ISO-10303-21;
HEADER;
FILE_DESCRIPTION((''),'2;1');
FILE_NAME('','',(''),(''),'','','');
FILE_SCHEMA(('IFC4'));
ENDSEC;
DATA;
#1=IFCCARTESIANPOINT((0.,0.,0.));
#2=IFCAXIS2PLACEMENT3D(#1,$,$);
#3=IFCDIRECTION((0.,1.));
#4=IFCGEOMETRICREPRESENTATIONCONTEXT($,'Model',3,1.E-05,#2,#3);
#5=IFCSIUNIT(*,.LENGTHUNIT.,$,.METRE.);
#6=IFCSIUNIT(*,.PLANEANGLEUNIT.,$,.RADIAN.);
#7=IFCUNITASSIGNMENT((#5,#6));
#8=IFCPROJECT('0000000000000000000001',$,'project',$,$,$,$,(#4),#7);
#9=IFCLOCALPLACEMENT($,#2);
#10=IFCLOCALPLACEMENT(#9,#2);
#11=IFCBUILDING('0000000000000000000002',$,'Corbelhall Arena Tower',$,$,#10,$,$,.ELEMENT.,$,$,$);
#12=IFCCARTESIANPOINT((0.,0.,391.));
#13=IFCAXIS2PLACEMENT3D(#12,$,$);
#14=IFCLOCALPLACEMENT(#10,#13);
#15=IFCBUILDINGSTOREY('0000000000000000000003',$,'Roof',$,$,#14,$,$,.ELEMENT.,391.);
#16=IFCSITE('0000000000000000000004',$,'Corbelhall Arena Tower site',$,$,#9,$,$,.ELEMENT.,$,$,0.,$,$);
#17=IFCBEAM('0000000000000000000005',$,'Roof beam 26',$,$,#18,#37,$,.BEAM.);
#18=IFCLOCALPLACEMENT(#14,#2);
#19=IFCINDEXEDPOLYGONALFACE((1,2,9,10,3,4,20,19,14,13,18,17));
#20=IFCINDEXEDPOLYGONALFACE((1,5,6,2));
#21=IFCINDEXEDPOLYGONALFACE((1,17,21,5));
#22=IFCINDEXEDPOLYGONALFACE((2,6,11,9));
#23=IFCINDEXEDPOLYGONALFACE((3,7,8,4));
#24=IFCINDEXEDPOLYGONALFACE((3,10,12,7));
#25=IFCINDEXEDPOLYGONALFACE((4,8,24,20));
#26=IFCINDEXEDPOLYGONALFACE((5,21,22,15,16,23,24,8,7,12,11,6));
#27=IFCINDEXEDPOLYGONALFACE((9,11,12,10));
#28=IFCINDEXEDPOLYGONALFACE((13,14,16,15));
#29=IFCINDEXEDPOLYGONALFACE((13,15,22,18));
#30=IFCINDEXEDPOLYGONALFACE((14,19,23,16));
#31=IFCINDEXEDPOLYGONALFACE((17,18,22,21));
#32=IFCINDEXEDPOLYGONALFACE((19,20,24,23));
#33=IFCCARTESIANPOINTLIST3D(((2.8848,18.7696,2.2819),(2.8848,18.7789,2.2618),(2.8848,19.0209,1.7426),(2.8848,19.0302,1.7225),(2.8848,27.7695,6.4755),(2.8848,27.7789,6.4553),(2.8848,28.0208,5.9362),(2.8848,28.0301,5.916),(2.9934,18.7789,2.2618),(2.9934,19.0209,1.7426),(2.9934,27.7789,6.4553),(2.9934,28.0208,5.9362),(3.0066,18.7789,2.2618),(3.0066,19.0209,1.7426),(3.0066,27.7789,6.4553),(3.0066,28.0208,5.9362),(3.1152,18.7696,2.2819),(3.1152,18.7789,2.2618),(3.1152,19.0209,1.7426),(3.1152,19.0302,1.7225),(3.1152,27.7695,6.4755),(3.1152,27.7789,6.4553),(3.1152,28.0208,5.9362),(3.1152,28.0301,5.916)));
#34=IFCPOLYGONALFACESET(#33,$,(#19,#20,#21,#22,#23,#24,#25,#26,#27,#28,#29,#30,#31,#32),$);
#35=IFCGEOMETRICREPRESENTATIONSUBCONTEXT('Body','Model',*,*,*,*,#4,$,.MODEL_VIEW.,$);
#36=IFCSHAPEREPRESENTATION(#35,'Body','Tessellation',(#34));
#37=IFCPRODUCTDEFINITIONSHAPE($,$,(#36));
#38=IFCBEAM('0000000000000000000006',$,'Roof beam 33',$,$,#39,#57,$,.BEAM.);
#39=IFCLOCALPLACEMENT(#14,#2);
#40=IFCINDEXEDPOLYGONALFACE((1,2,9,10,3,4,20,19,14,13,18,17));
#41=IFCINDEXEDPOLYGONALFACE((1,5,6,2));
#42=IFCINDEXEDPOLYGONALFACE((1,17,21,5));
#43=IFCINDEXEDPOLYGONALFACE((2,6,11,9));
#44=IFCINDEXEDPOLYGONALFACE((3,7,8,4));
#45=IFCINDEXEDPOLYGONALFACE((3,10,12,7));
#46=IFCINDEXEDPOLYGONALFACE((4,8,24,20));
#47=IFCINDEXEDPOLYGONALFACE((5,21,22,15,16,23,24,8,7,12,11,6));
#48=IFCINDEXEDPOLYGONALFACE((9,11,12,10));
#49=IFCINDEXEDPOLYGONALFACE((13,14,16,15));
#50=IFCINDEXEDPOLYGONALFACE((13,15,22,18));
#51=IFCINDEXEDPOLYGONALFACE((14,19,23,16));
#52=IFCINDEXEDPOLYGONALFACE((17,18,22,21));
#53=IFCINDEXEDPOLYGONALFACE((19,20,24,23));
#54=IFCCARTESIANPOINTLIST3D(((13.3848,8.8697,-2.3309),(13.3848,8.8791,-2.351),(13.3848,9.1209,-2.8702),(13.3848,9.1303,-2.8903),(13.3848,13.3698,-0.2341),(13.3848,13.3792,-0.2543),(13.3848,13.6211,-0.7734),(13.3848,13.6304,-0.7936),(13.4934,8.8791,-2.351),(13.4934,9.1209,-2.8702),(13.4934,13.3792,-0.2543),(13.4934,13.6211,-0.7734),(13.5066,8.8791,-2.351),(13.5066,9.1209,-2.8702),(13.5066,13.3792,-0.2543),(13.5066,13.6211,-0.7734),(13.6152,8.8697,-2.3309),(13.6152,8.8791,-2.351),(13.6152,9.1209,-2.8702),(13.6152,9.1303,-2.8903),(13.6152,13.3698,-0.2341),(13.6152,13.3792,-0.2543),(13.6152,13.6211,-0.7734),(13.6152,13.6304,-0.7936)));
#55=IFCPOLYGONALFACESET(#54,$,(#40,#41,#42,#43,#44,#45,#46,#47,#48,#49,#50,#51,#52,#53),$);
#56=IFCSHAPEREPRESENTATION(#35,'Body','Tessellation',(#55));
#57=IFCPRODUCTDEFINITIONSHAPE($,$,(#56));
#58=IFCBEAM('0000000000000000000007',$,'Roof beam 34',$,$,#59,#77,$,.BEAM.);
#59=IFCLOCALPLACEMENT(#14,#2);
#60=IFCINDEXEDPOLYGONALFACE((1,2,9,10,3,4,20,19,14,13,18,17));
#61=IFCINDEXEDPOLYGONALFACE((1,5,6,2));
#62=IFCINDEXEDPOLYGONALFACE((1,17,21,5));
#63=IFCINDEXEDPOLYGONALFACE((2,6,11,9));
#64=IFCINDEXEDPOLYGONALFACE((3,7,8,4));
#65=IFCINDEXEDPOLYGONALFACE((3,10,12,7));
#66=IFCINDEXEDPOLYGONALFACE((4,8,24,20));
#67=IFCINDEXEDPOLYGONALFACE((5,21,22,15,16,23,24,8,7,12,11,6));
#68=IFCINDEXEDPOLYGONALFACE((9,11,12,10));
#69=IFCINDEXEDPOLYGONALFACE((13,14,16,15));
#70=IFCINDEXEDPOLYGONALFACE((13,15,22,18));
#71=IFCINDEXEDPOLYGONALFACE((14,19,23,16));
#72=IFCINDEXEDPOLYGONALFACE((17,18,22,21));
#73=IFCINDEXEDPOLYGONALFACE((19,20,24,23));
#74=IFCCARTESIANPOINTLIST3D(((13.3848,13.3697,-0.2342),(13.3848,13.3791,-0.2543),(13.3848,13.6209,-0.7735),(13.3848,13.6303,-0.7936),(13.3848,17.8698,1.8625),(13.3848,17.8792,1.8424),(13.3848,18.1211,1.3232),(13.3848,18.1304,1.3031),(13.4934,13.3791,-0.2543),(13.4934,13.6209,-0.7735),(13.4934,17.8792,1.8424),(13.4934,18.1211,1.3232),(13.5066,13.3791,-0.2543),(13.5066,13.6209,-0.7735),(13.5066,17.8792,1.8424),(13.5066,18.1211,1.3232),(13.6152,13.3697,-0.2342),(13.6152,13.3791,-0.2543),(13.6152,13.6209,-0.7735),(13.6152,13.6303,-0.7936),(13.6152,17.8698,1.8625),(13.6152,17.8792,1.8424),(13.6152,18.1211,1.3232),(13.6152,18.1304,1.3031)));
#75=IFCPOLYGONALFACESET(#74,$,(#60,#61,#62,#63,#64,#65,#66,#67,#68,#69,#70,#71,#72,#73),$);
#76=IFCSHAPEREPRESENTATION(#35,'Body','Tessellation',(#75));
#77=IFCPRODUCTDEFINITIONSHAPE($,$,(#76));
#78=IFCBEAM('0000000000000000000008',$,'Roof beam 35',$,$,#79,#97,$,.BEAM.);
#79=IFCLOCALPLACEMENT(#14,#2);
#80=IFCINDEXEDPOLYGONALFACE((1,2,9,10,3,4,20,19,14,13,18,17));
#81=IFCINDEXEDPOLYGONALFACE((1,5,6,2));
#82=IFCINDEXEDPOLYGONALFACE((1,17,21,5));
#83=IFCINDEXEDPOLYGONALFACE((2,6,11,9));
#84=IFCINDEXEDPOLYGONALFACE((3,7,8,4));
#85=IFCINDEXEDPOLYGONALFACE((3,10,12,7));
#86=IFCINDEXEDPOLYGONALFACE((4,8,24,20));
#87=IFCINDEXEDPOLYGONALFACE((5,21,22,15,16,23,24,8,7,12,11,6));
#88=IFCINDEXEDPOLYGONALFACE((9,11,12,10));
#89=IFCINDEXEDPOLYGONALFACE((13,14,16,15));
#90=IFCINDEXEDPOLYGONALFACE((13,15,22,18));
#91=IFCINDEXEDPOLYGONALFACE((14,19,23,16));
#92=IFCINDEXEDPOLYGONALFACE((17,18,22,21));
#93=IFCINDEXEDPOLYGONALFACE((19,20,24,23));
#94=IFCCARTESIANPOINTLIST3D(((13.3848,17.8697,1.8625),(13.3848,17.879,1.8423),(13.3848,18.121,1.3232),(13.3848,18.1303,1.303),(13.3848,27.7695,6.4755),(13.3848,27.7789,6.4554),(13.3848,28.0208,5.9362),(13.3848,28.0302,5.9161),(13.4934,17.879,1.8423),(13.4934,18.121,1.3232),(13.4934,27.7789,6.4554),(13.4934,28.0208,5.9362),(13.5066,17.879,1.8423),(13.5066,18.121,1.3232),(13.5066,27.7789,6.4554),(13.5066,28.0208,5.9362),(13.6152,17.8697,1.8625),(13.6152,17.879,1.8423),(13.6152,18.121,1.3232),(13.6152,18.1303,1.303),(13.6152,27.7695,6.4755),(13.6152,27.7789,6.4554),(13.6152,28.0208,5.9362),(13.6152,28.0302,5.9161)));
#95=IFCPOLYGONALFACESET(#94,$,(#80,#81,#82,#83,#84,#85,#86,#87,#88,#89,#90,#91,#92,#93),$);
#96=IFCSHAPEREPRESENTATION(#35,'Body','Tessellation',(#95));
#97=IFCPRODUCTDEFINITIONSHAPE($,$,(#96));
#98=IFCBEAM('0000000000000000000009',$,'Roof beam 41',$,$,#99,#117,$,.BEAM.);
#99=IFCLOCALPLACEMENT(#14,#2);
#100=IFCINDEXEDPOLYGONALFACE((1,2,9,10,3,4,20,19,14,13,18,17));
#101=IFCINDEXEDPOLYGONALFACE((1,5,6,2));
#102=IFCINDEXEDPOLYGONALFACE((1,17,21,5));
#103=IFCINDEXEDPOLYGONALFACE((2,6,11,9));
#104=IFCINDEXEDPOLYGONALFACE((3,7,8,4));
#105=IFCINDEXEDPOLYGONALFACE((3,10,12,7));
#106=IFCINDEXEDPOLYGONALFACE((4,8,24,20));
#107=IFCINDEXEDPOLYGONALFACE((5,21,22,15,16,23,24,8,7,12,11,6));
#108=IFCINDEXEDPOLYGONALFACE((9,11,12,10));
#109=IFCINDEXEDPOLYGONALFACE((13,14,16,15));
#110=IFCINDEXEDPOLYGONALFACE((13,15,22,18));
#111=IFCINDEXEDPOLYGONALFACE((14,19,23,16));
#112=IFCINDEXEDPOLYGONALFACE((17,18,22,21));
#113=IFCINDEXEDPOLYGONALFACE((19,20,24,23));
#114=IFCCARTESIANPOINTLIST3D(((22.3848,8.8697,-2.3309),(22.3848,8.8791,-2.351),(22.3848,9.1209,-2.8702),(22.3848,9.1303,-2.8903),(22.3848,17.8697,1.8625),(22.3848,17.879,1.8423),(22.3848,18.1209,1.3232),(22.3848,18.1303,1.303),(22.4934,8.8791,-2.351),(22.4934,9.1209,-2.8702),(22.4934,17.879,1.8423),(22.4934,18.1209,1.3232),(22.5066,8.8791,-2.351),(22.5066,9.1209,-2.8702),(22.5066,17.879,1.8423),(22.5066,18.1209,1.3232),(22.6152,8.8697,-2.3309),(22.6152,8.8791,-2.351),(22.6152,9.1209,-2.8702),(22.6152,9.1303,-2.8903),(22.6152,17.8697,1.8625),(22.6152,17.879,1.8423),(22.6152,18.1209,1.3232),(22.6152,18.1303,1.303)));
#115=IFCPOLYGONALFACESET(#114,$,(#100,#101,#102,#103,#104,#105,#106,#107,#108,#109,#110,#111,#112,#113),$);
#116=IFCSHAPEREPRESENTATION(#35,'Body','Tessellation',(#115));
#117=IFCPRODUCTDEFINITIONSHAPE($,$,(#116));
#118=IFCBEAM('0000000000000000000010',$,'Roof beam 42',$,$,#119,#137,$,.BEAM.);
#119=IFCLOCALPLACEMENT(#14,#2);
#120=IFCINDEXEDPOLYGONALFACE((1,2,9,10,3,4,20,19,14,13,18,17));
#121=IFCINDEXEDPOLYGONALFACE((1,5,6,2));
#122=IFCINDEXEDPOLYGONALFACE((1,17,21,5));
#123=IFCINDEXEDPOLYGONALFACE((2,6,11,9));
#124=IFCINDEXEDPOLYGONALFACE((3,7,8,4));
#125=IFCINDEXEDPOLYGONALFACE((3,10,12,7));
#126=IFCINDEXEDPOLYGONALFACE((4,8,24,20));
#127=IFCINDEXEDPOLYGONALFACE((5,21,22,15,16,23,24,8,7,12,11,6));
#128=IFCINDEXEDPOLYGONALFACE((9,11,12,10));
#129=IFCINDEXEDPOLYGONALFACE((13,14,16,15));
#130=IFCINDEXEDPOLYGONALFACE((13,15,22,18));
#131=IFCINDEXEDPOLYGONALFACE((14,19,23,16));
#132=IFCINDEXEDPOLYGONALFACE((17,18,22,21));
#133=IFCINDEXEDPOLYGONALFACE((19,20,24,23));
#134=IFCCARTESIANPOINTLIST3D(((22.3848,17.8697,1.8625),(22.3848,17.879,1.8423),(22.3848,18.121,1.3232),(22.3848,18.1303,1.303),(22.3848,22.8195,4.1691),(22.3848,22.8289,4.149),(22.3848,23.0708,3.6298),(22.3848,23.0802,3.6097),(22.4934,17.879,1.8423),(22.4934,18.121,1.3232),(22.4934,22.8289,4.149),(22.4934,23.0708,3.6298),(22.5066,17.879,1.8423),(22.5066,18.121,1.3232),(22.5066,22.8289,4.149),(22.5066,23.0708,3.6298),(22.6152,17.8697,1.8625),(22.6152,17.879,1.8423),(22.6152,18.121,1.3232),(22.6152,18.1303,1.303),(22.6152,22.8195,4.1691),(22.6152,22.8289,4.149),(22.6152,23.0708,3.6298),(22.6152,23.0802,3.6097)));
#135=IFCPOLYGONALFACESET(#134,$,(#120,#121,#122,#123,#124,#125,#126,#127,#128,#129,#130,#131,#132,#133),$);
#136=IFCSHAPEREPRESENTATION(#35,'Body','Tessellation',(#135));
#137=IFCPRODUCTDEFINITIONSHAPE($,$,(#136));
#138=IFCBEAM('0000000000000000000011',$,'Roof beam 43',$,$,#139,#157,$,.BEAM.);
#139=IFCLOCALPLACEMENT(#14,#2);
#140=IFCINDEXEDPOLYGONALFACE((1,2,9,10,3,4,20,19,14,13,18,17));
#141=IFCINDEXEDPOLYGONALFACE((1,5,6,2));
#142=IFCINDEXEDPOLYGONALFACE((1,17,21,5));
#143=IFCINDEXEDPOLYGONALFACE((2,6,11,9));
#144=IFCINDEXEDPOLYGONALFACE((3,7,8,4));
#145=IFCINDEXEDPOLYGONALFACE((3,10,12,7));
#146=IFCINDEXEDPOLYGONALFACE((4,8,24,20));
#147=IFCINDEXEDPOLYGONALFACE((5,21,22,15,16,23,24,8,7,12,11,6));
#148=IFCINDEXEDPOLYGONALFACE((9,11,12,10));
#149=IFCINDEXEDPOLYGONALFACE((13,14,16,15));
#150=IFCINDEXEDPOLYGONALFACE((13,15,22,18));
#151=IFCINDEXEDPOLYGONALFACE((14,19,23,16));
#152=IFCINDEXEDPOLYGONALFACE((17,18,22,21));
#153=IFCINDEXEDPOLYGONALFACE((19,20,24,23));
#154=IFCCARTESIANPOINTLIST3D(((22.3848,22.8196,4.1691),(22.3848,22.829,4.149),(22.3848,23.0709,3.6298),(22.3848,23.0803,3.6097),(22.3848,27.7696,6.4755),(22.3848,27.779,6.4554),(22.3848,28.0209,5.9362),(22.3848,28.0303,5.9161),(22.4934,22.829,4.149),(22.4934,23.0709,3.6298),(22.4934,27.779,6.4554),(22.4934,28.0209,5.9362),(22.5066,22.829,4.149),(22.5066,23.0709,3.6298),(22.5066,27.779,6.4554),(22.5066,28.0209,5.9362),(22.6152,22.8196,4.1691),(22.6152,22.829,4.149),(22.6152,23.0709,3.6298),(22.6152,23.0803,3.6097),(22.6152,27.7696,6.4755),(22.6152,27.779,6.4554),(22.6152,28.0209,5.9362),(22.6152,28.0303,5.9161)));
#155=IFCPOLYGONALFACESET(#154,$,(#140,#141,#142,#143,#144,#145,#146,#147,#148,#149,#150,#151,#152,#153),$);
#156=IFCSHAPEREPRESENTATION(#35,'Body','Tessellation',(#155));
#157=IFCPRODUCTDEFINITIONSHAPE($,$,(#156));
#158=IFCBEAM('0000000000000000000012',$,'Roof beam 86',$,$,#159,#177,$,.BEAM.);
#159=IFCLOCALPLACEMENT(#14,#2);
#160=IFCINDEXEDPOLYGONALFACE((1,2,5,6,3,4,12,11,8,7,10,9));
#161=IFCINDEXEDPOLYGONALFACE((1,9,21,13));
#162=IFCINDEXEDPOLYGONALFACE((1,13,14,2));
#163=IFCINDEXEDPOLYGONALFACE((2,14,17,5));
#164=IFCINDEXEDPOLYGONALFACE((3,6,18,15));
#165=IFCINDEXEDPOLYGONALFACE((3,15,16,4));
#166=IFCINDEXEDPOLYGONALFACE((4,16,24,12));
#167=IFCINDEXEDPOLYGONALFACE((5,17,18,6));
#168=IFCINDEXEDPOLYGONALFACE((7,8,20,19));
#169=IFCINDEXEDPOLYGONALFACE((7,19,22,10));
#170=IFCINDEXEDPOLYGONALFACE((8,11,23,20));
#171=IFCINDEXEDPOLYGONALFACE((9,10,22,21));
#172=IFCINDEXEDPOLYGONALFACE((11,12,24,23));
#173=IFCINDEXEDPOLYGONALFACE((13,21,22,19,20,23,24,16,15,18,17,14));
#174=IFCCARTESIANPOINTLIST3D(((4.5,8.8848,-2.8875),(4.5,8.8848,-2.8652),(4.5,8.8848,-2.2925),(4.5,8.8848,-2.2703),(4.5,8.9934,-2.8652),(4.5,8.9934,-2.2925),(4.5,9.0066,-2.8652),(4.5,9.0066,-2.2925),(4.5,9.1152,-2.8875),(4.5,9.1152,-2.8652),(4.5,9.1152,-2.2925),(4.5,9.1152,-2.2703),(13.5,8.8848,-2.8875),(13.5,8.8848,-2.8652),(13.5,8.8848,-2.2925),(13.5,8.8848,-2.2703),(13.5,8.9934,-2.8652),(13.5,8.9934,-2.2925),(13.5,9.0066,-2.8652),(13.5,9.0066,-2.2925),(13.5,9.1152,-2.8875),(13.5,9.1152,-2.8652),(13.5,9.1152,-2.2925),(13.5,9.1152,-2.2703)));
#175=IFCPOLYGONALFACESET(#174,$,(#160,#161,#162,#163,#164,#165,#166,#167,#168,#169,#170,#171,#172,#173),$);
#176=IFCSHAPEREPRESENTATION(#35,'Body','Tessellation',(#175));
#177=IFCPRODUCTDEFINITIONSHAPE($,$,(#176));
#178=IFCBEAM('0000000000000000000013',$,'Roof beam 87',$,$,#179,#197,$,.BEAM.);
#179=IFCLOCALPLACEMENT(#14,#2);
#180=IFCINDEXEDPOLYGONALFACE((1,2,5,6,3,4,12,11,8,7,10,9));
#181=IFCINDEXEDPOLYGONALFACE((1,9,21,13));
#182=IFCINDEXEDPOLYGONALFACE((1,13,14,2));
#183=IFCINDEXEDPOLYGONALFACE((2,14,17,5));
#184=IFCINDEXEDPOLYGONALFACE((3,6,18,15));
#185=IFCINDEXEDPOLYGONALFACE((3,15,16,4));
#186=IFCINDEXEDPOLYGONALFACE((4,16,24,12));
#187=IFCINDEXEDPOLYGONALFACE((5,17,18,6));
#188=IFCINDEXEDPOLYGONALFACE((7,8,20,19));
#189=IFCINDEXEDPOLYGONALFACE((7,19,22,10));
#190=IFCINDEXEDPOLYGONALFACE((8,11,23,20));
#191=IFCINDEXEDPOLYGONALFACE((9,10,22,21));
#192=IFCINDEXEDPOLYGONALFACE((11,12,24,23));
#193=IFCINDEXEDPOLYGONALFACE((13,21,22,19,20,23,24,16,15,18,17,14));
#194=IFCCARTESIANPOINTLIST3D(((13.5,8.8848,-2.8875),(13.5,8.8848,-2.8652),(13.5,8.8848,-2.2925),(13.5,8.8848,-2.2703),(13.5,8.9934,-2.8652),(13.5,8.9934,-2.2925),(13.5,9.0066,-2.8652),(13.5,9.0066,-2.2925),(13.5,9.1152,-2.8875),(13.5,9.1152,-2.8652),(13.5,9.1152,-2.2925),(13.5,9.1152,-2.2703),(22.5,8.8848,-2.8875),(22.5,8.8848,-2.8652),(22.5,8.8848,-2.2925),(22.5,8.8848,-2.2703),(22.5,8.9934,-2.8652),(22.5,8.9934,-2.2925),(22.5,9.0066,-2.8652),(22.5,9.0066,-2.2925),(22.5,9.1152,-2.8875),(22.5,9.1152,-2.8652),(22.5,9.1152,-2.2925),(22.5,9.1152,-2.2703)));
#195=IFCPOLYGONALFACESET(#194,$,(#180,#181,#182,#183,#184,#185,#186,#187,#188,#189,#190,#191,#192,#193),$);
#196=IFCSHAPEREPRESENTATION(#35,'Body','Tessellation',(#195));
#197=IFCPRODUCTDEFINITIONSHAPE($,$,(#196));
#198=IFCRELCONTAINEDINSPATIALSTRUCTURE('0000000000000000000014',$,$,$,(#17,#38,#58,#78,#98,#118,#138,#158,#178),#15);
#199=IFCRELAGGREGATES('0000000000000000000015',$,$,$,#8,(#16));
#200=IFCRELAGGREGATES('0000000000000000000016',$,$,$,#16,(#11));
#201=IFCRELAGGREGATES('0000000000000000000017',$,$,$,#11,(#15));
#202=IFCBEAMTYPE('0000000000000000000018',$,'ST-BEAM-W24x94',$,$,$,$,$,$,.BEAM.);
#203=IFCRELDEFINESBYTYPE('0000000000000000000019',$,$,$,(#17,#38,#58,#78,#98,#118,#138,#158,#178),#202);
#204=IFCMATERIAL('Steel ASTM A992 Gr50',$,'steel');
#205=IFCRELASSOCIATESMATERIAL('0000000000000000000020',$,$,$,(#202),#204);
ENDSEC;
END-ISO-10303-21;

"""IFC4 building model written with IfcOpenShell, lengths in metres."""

from ifc_helpers import new_model, si_unit, direction, frame, origin, origin_2d, place, context, subcontext, project, spatial, i_section, extrude, material, material_profile, profile_set, type_object, element, save


model = new_model("IFC4")

# Units and contexts
model_context = context("Model", 3, precision=1e-05, world=origin(), true_north=direction((0.0, 1.0)))
body_context = subcontext(model_context, "Body", "Model", "MODEL_VIEW")
ifc_project = project(units=[si_unit("LENGTHUNIT", "METRE"), si_unit("PLANEANGLEUNIT", "RADIAN")], contexts=[model_context])

# Site, building, storey
site_placement = place(None, origin())
site = spatial("IfcSite", under=ifc_project, at=site_placement, Name="Corbelhall Arena Tower site", CompositionType="ELEMENT", RefElevation=0.0)
building_placement = place(site_placement, origin())
building = spatial("IfcBuilding", under=site, at=building_placement, Name="Corbelhall Arena Tower", CompositionType="ELEMENT")
storey_placement = place(building_placement, frame((0.0, 0.0, 391.0)))
storey = spatial("IfcBuildingStorey", under=building, at=storey_placement, Name="Roof", CompositionType="ELEMENT", Elevation=391.0)

# Beams
ifc_material_1 = material(Name="Steel ASTM A992 Gr50", Category="steel")
ifc_material_profile_1 = material_profile(ifc_material_1, i_section(OverallWidth=0.2305, OverallDepth=0.6172, WebThickness=0.0132, FlangeThickness=0.0222, at=origin_2d()))
ifc_profile_set_1 = profile_set([ifc_material_profile_1], Name="Steel ASTM A992 Gr50")
beam_type = type_object("IfcBeamType", Name="ST-BEAM-W24x94", PredefinedType="BEAM", material=ifc_profile_set_1)
for number, where, z_axis, x_axis, name in (
    (1, (3.0, 18.8999, 2.0022), (0.0, 0.90643, 0.422356), (-1.0, 0.0, 0.0), "Roof beam 26"),
):
    element("IfcBeam", number, at=place(storey_placement, frame(where, z_axis=z_axis, x_axis=x_axis)), inside=storey, type_object=beam_type, Name=name, PredefinedType="BEAM", context=body_context, shape_type="SweptSolid", body=[
        extrude(i_section(OverallWidth=0.2305, OverallDepth=0.6172, WebThickness=0.0132, FlangeThickness=0.0222, at=origin_2d()), origin(), (0.0, 0.0, 1.0), 9.929),
    ])
for number, where, z_axis, x_axis, name in (
    (2, (13.5, 9.0, -2.6106), (0.0, 0.906439, 0.422336), (-1.0, 0.0, 0.0), "Roof beam 33"),
    (3, (13.5, 13.5, -0.5139), (0.0, 0.906439, 0.422336), (-1.0, 0.0, 0.0), "Roof beam 34"),
):
    element("IfcBeam", number, at=place(storey_placement, frame(where, z_axis=z_axis, x_axis=x_axis)), inside=storey, type_object=beam_type, Name=name, PredefinedType="BEAM", context=body_context, shape_type="SweptSolid", body=[
        extrude(i_section(OverallWidth=0.2305, OverallDepth=0.6172, WebThickness=0.0132, FlangeThickness=0.0222, at=origin_2d()), origin(), (0.0, 0.0, 1.0), 4.9646),
    ])
beam_1_placement = place(storey_placement, frame((13.5, 18.0, 1.5828), z_axis=(0.0, 0.906426, 0.422365), x_axis=(-1.0, 0.0, 0.0)))
element("IfcBeam", 4, at=beam_1_placement, inside=storey, type_object=beam_type, Name="Roof beam 35", PredefinedType="BEAM", context=body_context, shape_type="SweptSolid", body=[
    extrude(i_section(OverallWidth=0.2305, OverallDepth=0.6172, WebThickness=0.0132, FlangeThickness=0.0222, at=origin_2d()), origin(), (0.0, 0.0, 1.0), 10.9219),
])
beam_2_placement = place(storey_placement, frame((22.5, 9.0, -2.6106), z_axis=(0.0, 0.906439, 0.422336), x_axis=(-1.0, 0.0, 0.0)))
element("IfcBeam", 5, at=beam_2_placement, inside=storey, type_object=beam_type, Name="Roof beam 41", PredefinedType="BEAM", context=body_context, shape_type="SweptSolid", body=[
    extrude(i_section(OverallWidth=0.2305, OverallDepth=0.6172, WebThickness=0.0132, FlangeThickness=0.0222, at=origin_2d()), origin(), (0.0, 0.0, 1.0), 9.929),
])
for number, where, z_axis, x_axis, name in (
    (6, (22.5, 18.0, 1.5828), (0.0, 0.906417, 0.422384), (-1.0, 0.0, 0.0), "Roof beam 42"),
    (7, (22.5, 22.95, 3.8894), (0.0, 0.906434, 0.422347), (-1.0, 0.0, 0.0), "Roof beam 43"),
):
    element("IfcBeam", number, at=place(storey_placement, frame(where, z_axis=z_axis, x_axis=x_axis)), inside=storey, type_object=beam_type, Name=name, PredefinedType="BEAM", context=body_context, shape_type="SweptSolid", body=[
        extrude(i_section(OverallWidth=0.2305, OverallDepth=0.6172, WebThickness=0.0132, FlangeThickness=0.0222, at=origin_2d()), origin(), (0.0, 0.0, 1.0), 5.4609),
    ])
for number, where, z_axis, x_axis, name in (
    (8, (4.5, 9.0, -2.5789), (1.0, 0.0, 0.0), (0.0, 1.0, 0.0), "Roof beam 86"),
    (9, (13.5, 9.0, -2.5789), (1.0, 0.0, 0.0), (0.0, 1.0, 0.0), "Roof beam 87"),
):
    element("IfcBeam", number, at=place(storey_placement, frame(where, z_axis=z_axis, x_axis=x_axis)), inside=storey, type_object=beam_type, Name=name, PredefinedType="BEAM", context=body_context, shape_type="SweptSolid", body=[
        extrude(i_section(OverallWidth=0.2305, OverallDepth=0.6172, WebThickness=0.0132, FlangeThickness=0.0222, at=origin_2d()), origin(), (0.0, 0.0, 1.0), 9.0),
    ])

save(model, "model.ifc")
